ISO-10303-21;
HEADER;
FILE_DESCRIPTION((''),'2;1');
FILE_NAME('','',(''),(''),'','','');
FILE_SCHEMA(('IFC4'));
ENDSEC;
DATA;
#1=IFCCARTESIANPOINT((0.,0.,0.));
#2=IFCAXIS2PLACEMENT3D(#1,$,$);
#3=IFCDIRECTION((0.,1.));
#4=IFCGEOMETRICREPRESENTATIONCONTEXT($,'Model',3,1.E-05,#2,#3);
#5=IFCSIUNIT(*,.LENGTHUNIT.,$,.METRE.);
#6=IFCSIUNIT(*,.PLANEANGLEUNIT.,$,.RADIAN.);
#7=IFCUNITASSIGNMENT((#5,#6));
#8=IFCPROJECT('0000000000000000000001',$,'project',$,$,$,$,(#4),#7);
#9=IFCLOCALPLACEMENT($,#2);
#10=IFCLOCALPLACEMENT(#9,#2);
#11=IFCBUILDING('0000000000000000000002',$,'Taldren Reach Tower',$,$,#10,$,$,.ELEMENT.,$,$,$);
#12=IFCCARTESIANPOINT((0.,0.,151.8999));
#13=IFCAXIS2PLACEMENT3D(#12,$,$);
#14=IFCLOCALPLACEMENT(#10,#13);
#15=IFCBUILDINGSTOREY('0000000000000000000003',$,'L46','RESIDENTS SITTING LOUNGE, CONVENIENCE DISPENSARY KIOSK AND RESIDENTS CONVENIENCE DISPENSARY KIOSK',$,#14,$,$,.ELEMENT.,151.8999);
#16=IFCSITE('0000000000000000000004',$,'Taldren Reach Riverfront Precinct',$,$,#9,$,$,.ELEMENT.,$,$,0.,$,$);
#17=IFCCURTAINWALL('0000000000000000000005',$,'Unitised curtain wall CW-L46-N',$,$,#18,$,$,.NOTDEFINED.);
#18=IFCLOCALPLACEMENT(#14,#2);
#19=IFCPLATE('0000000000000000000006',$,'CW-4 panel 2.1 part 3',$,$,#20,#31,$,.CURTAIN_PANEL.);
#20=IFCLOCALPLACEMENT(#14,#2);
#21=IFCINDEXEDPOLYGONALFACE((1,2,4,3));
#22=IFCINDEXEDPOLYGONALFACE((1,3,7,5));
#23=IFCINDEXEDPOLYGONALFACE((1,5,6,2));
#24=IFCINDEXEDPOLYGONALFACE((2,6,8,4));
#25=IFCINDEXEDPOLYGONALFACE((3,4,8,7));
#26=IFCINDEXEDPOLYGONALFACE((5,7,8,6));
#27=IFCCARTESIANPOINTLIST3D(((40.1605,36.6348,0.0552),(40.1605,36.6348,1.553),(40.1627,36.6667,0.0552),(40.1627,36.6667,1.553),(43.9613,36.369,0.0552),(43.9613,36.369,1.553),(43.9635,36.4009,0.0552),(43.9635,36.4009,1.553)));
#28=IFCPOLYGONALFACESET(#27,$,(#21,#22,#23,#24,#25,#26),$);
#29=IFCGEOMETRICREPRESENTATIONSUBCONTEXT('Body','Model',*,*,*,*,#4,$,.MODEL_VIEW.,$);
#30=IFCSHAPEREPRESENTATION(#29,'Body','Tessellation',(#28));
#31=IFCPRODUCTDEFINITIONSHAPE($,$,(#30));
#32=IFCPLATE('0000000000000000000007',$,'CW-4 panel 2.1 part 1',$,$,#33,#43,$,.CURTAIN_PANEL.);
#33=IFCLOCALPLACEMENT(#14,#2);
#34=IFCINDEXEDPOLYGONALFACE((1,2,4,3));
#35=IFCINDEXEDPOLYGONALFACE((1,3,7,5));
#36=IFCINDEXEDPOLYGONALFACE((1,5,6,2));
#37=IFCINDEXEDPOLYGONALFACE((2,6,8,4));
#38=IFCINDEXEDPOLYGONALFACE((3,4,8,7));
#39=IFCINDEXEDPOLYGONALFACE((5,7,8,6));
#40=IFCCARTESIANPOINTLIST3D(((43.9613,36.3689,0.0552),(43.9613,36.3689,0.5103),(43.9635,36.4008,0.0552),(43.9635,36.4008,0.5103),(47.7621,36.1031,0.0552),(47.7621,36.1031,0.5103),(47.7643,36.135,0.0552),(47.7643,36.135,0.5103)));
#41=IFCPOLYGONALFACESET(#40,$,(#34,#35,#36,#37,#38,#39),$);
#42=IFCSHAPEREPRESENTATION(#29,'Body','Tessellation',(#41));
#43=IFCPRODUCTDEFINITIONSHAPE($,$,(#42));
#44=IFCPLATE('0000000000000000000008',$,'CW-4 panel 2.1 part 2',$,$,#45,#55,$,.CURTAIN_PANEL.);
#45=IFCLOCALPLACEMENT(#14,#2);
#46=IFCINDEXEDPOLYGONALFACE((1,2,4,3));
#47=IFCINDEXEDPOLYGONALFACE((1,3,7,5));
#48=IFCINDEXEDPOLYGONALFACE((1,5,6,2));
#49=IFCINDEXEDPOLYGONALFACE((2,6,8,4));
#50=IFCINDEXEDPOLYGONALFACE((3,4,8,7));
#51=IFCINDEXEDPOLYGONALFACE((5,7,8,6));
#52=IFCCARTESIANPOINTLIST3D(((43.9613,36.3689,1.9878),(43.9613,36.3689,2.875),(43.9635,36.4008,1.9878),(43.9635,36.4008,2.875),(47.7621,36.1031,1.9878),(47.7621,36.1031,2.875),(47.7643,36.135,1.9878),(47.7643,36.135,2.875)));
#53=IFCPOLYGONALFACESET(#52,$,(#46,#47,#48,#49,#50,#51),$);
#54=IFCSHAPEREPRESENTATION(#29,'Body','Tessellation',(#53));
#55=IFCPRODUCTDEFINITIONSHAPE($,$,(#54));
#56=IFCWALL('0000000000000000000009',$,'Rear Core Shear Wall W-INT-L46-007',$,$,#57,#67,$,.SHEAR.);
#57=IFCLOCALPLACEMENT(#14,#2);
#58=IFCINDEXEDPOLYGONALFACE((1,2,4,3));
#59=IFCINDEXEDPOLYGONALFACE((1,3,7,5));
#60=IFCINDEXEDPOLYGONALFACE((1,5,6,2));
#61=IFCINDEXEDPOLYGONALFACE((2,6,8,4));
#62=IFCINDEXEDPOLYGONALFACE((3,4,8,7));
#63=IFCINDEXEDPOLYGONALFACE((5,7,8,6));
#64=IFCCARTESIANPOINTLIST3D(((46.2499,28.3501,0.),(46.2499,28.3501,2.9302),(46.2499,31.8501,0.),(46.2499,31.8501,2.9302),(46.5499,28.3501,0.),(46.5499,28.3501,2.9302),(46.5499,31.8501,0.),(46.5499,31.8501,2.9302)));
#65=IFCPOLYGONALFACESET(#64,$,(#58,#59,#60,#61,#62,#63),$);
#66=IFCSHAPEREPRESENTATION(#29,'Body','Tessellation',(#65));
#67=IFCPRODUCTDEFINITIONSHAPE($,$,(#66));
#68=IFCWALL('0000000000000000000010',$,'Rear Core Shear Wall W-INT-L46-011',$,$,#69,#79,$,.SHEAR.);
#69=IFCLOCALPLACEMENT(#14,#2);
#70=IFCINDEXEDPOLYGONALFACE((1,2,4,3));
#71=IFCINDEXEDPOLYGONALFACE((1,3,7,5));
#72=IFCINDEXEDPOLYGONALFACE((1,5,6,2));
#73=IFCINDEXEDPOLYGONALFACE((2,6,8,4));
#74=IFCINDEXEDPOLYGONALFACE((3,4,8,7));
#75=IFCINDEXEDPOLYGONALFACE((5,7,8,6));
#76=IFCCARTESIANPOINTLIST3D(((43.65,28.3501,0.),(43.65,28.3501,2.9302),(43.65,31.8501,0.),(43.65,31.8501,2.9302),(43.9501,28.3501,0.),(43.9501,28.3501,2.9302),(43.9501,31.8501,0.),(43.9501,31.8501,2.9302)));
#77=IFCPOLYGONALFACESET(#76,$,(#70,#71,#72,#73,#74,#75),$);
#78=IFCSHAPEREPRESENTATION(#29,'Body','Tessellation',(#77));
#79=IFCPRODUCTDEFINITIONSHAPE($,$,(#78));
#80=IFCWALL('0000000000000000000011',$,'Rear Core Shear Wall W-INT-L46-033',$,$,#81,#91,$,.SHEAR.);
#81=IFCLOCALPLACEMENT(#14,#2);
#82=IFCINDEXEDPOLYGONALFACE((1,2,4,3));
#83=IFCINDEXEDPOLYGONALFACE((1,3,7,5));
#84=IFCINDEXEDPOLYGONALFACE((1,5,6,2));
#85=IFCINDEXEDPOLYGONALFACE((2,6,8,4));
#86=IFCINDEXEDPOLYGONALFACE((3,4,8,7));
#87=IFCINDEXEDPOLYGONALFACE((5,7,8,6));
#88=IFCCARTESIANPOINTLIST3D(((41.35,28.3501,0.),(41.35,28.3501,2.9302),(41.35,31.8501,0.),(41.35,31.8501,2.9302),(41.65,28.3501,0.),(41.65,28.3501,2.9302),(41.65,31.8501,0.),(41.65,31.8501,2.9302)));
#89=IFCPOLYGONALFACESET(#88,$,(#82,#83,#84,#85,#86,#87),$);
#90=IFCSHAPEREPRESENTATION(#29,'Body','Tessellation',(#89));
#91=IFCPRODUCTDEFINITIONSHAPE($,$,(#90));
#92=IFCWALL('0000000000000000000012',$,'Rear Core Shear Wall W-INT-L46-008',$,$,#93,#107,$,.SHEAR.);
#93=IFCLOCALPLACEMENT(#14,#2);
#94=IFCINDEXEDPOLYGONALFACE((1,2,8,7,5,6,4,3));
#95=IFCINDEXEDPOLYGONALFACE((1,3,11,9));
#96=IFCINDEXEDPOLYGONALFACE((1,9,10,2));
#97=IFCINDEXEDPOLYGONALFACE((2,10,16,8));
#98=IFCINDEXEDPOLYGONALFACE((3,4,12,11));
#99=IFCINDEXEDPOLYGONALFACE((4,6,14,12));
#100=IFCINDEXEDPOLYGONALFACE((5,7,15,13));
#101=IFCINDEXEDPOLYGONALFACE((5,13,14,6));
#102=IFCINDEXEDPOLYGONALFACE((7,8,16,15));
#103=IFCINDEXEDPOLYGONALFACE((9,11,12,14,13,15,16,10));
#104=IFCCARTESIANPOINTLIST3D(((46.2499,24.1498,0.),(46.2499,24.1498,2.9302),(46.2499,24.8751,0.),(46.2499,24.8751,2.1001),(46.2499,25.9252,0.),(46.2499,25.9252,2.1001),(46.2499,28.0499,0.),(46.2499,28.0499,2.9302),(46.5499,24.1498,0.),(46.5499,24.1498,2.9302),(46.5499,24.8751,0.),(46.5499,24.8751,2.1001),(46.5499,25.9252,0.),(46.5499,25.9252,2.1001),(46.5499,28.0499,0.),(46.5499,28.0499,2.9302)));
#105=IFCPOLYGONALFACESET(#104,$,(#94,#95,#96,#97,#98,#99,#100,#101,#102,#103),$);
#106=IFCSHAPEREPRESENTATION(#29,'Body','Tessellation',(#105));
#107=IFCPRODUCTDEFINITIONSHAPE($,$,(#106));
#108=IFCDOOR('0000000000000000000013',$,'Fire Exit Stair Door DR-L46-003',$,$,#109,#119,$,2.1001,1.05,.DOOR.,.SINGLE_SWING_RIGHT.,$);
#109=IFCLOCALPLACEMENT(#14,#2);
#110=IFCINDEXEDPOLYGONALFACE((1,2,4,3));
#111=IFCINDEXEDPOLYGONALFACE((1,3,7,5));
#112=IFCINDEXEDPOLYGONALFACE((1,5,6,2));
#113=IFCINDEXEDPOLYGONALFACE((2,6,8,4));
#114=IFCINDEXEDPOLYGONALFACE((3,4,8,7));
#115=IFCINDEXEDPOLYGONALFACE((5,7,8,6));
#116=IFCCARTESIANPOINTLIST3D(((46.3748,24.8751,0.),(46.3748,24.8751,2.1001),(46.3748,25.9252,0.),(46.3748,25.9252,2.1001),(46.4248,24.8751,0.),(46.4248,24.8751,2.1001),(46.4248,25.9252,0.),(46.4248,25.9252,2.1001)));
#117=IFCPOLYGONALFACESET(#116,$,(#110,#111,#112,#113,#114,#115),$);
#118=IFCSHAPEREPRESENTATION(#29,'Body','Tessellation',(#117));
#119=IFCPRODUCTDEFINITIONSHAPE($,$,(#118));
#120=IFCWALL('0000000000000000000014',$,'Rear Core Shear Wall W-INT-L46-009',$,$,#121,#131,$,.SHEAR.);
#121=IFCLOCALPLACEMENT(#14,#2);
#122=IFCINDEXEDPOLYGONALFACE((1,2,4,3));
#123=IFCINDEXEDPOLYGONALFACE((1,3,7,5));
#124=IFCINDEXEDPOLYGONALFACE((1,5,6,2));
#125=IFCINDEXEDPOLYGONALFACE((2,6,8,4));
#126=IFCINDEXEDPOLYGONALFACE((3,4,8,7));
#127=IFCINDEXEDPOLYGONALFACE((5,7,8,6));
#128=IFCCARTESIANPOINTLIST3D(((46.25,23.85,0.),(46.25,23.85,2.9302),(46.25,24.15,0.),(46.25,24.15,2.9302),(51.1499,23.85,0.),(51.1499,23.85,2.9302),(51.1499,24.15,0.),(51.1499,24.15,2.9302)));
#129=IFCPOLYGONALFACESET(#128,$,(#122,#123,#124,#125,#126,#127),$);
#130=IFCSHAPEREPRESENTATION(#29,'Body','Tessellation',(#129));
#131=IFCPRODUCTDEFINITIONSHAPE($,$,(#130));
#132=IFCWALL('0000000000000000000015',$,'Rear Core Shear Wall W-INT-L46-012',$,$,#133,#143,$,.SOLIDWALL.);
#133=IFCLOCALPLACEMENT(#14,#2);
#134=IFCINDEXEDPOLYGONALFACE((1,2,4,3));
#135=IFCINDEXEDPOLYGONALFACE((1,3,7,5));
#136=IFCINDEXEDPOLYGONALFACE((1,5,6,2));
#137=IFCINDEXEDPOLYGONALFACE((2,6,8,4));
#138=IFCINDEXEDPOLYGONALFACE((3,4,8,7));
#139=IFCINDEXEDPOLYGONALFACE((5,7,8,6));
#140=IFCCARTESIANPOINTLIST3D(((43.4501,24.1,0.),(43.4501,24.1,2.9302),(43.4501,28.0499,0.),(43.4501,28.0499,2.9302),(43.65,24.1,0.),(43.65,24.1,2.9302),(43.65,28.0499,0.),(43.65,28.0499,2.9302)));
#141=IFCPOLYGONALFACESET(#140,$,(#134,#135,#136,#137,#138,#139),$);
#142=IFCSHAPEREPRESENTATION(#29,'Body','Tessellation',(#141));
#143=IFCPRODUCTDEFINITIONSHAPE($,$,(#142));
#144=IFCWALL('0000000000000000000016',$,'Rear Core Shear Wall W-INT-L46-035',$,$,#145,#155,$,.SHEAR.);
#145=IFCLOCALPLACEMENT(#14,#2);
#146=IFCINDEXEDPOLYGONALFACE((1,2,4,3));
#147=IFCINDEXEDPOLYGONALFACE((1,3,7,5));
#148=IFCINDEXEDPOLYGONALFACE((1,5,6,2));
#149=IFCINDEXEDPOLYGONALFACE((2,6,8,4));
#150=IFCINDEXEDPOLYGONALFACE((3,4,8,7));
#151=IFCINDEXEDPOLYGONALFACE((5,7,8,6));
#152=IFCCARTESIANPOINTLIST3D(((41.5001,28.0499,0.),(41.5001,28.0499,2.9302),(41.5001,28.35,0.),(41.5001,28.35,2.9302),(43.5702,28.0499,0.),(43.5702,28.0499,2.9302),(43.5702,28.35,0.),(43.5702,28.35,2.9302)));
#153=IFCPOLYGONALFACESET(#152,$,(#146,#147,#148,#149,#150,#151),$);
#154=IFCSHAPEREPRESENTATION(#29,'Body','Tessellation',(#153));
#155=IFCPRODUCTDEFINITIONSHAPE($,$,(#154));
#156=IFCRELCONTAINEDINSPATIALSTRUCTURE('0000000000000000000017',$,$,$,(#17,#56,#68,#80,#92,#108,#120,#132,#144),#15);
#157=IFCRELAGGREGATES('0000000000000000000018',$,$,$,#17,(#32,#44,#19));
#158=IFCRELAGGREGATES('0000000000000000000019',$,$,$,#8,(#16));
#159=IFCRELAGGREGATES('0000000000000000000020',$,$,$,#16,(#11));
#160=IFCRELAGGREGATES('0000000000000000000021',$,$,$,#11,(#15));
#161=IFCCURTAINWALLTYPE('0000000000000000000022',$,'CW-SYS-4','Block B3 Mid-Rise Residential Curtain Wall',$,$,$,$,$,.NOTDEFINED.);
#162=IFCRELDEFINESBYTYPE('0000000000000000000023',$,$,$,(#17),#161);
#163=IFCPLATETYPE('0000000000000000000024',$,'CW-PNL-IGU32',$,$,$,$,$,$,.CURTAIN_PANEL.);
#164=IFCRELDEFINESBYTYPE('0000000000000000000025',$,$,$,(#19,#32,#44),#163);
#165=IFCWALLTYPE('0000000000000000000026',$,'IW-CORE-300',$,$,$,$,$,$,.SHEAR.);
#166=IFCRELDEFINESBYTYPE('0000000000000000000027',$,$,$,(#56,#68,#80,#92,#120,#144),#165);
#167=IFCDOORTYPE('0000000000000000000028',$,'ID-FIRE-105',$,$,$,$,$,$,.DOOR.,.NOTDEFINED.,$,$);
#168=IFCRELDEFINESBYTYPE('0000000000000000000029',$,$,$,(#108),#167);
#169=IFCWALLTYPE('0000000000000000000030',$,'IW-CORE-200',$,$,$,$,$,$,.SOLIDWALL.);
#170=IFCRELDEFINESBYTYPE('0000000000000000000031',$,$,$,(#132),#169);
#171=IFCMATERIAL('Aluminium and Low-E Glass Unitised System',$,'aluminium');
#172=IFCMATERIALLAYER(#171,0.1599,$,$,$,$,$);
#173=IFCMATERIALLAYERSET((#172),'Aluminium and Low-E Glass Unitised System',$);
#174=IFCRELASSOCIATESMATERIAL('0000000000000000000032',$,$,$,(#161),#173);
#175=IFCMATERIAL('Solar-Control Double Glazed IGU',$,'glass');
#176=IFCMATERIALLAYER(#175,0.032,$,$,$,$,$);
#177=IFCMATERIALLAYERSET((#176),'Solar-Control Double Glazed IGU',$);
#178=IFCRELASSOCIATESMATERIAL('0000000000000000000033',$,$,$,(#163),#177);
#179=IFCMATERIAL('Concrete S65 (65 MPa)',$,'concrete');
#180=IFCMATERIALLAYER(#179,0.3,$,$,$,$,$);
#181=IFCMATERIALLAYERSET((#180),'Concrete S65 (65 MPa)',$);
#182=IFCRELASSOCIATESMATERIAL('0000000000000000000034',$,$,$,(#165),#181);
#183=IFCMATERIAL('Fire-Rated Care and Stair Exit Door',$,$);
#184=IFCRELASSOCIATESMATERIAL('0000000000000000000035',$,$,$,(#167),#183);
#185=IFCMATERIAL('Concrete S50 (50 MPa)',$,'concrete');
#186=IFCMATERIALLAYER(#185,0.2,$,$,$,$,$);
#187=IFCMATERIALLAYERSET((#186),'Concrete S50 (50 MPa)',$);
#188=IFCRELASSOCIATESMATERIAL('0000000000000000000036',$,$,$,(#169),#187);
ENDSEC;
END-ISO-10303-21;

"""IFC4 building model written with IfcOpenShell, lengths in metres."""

from ifc_helpers import new_model, si_unit, direction, frame, frame_2d, origin, origin_2d, place, context, subcontext, project, spatial, rectangle, extrude, source, transform, mapped, material, layer, layer_set, type_object, element, fill, aggregate, save


model = new_model("IFC4")

# Units and contexts
model_context = context("Model", 3, precision=1e-05, world=origin(), true_north=direction((0.0, 1.0)))
body_context = subcontext(model_context, "Body", "Model", "MODEL_VIEW")
ifc_project = project(units=[si_unit("LENGTHUNIT", "METRE"), si_unit("PLANEANGLEUNIT", "RADIAN")], contexts=[model_context])

# Site, building, storey
site_placement = place(None, origin())
site = spatial("IfcSite", under=ifc_project, at=site_placement, Name="Taldren Reach Riverfront Precinct", CompositionType="ELEMENT", RefElevation=0.0)
building_placement = place(site_placement, origin())
building = spatial("IfcBuilding", under=site, at=building_placement, Name="Taldren Reach Tower", CompositionType="ELEMENT")
storey_placement = place(building_placement, frame((0.0, 0.0, 151.8999)))
storey = spatial("IfcBuildingStorey", under=building, at=storey_placement, Name="L46", Description="RESIDENTS SITTING LOUNGE, CONVENIENCE DISPENSARY KIOSK AND RESIDENTS CONVENIENCE DISPENSARY KIOSK", CompositionType="ELEMENT", Elevation=151.8999)

# Curtain wall
ifc_material_1 = material(Name="Aluminium and Low-E Glass Unitised System", Category="aluminium")
ifc_layer_1 = layer(ifc_material_1, 0.1599)
ifc_layer_set_1 = layer_set([ifc_layer_1], Name="Aluminium and Low-E Glass Unitised System")
curtain_wall_type = type_object("IfcCurtainWallType", Name="CW-SYS-4", Description="Block B3 Mid-Rise Residential Curtain Wall", PredefinedType="NOTDEFINED", material=ifc_layer_set_1)
curtain_wall_placement = place(storey_placement, origin())
curtain_wall = element("IfcCurtainWall", 1, at=curtain_wall_placement, inside=storey, type_object=curtain_wall_type, Name="Unitised curtain wall CW-L46-N", PredefinedType="NOTDEFINED")

# Plates
ifc_material_2 = material(Name="Solar-Control Double Glazed IGU", Category="glass")
ifc_layer_2 = layer(ifc_material_2, 0.032)
ifc_layer_set_2 = layer_set([ifc_layer_2], Name="Solar-Control Double Glazed IGU")
plate_type_1 = type_object("IfcPlateType", Name="CW-PNL-IGU32", PredefinedType="CURTAIN_PANEL", material=ifc_layer_set_2)
shared_shape_1 = source(origin(), body_context, "Body", "SweptSolid", [
    extrude(rectangle(XDim=3.8101, YDim=0.032, at=origin_2d()), origin(), (0.0, 0.0, 1.0), 1.4978),
])
plate_1_placement = place(storey_placement, frame((42.062, 36.5178, 0.0552), z_axis=(0.0, 0.0, 1.0), x_axis=(-0.997564, 0.069757, 0.0)))
plate_1 = element("IfcPlate", 2, at=plate_1_placement, type_object=plate_type_1, Name="CW-4 panel 2.1 part 3", PredefinedType="CURTAIN_PANEL", context=body_context, shape_type="MappedRepresentation", body=[
    mapped(shared_shape_1, transform((0.0, 0.0, 0.0), scale=1.0)),
])
shared_shape_2 = source(origin(), body_context, "Body", "SweptSolid", [
    extrude(rectangle(XDim=3.8101, YDim=0.032, at=origin_2d()), origin(), (0.0, 0.0, 1.0), 0.4551),
])
plate_2_placement = place(storey_placement, frame((45.8628, 36.252, 0.0552), z_axis=(0.0, 0.0, 1.0), x_axis=(-0.997564, 0.069757, 0.0)))
plate_2 = element("IfcPlate", 3, at=plate_2_placement, type_object=plate_type_1, Name="CW-4 panel 2.1 part 1", PredefinedType="CURTAIN_PANEL", context=body_context, shape_type="MappedRepresentation", body=[
    mapped(shared_shape_2, transform((0.0, 0.0, 0.0), scale=1.0)),
])
shared_shape_3 = source(origin(), body_context, "Body", "SweptSolid", [
    extrude(rectangle(XDim=3.8101, YDim=0.032, at=origin_2d()), origin(), (0.0, 0.0, 1.0), 0.8872),
])
plate_3_placement = place(storey_placement, frame((45.8628, 36.252, 1.9878), z_axis=(0.0, 0.0, 1.0), x_axis=(-0.997564, 0.069757, 0.0)))
plate_3 = element("IfcPlate", 4, at=plate_3_placement, type_object=plate_type_1, Name="CW-4 panel 2.1 part 2", PredefinedType="CURTAIN_PANEL", context=body_context, shape_type="MappedRepresentation", body=[
    mapped(shared_shape_3, transform((0.0, 0.0, 0.0), scale=1.0)),
])
aggregate(curtain_wall, [plate_2, plate_3, plate_1])

# Walls
ifc_material_3 = material(Name="Concrete S65 (65 MPa)", Category="concrete")
ifc_layer_3 = layer(ifc_material_3, 0.3)
ifc_layer_set_3 = layer_set([ifc_layer_3], Name="Concrete S65 (65 MPa)")
wall_type_1 = type_object("IfcWallType", Name="IW-CORE-300", PredefinedType="SHEAR", material=ifc_layer_set_3)
shared_shape_4 = source(origin(), body_context, "Body", "SweptSolid", [
    extrude(rectangle(XDim=3.5, YDim=0.3, at=frame_2d((1.75, 0.0))), origin(), (0.0, 0.0, 1.0), 2.9302),
])
for number, where, z_axis, x_axis, name in (
    (5, (46.3999, 31.8501, 0.0), (0.0, 0.0, 1.0), (0.0, -1.0, 0.0), "Rear Core Shear Wall W-INT-L46-007"),
    (6, (43.8, 31.8501, 0.0), (0.0, 0.0, 1.0), (0.0, -1.0, 0.0), "Rear Core Shear Wall W-INT-L46-011"),
    (7, (41.5, 28.3501, 0.0), (0.0, 0.0, 1.0), (0.0, 1.0, 0.0), "Rear Core Shear Wall W-INT-L46-033"),
):
    element("IfcWall", number, at=place(storey_placement, frame(where, z_axis=z_axis, x_axis=x_axis)), inside=storey, type_object=wall_type_1, Name=name, PredefinedType="SHEAR", context=body_context, shape_type="MappedRepresentation", body=[
        mapped(shared_shape_4, transform((0.0, 0.0, 0.0), scale=1.0)),
    ])

# Wall, opening, door
shared_shape_5 = source(origin(), body_context, "Body", "SweptSolid", [
    extrude(rectangle(XDim=3.9001, YDim=0.3, at=frame_2d((1.9502, 0.0))), origin(), (0.0, 0.0, 1.0), 2.9302),
])
wall_1_placement = place(storey_placement, frame((46.3999, 28.05, 0.0), z_axis=(0.0, 0.0, 1.0), x_axis=(0.0, -1.0, 0.0)))
wall_1 = element("IfcWall", 8, at=wall_1_placement, inside=storey, type_object=wall_type_1, Name="Rear Core Shear Wall W-INT-L46-008", PredefinedType="SHEAR", context=body_context, shape_type="MappedRepresentation", body=[
    mapped(shared_shape_5, transform((0.0, 0.0, 0.0), scale=1.0)),
])
shared_shape_6 = source(origin(), body_context, "Body", "SweptSolid", [
    extrude(rectangle(XDim=1.05, YDim=2.1001, at=frame_2d((0.5249, 1.05))), frame((0.0, 0.1602, 0.0), z_axis=(0.0, -1.0, 0.0), x_axis=(1.0, 0.0, 0.0)), (0.0, 0.0, 1.0), 0.3201),
])
opening_1_placement = place(wall_1_placement, frame((2.125, 0.0, 0.0)))
opening_1 = element("IfcOpeningElement", 9, at=opening_1_placement, cuts=wall_1, PredefinedType="OPENING", context=body_context, shape_type="MappedRepresentation", body=[
    mapped(shared_shape_6, transform((0.0, 0.0, 0.0), scale=1.0)),
])
ifc_material_4 = material(Name="Fire-Rated Care and Stair Exit Door")
door_type_1 = type_object("IfcDoorType", Name="ID-FIRE-105", OperationType="NOTDEFINED", PredefinedType="DOOR", material=ifc_material_4)
shared_shape_7 = source(origin(), body_context, "Body", "SweptSolid", [
    extrude(rectangle(XDim=1.05, YDim=2.1001, at=frame_2d((0.5249, 1.05))), frame((0.0, 0.0249, 0.0), z_axis=(0.0, -1.0, 0.0), x_axis=(1.0, 0.0, 0.0)), (0.0, 0.0, 1.0), 0.05),
])
door_1_placement = place(opening_1_placement, origin())
door_1 = element("IfcDoor", 10, at=door_1_placement, inside=storey, type_object=door_type_1, Name="Fire Exit Stair Door DR-L46-003", OperationType="SINGLE_SWING_RIGHT", OverallHeight=2.1001, OverallWidth=1.05, PredefinedType="DOOR", context=body_context, shape_type="MappedRepresentation", body=[
    mapped(shared_shape_7, transform((0.0, 0.0, 0.0), scale=1.0)),
])
fill(opening_1, door_1)

# Wall
shared_shape_8 = source(origin(), body_context, "Body", "SweptSolid", [
    extrude(rectangle(XDim=4.8999, YDim=0.3, at=frame_2d((2.45, 0.0))), origin(), (0.0, 0.0, 1.0), 2.9302),
])
wall_2_placement = place(storey_placement, frame((46.25, 24.0, 0.0), z_axis=(0.0, 0.0, 1.0), x_axis=(1.0, 0.0, 0.0)))
element("IfcWall", 11, at=wall_2_placement, inside=storey, type_object=wall_type_1, Name="Rear Core Shear Wall W-INT-L46-009", PredefinedType="SHEAR", context=body_context, shape_type="MappedRepresentation", body=[
    mapped(shared_shape_8, transform((0.0, 0.0, 0.0), scale=1.0)),
])

# Walls
ifc_material_5 = material(Name="Concrete S50 (50 MPa)", Category="concrete")
ifc_layer_4 = layer(ifc_material_5, 0.2)
ifc_layer_set_4 = layer_set([ifc_layer_4], Name="Concrete S50 (50 MPa)")
wall_type_2 = type_object("IfcWallType", Name="IW-CORE-200", PredefinedType="SOLIDWALL", material=ifc_layer_set_4)
shared_shape_9 = source(origin(), body_context, "Body", "SweptSolid", [
    extrude(rectangle(XDim=3.95, YDim=0.2, at=frame_2d((1.9751, 0.0))), origin(), (0.0, 0.0, 1.0), 2.9302),
])
wall_3_placement = place(storey_placement, frame((43.55, 28.05, 0.0), z_axis=(0.0, 0.0, 1.0), x_axis=(0.0, -1.0, 0.0)))
element("IfcWall", 12, at=wall_3_placement, inside=storey, type_object=wall_type_2, Name="Rear Core Shear Wall W-INT-L46-012", PredefinedType="SOLIDWALL", context=body_context, shape_type="MappedRepresentation", body=[
    mapped(shared_shape_9, transform((0.0, 0.0, 0.0), scale=1.0)),
])
shared_shape_10 = source(origin(), body_context, "Body", "SweptSolid", [
    extrude(rectangle(XDim=2.0701, YDim=0.3, at=frame_2d((1.0352, 0.0))), origin(), (0.0, 0.0, 1.0), 2.9302),
])
wall_4_placement = place(storey_placement, frame((41.5, 28.2, 0.0), z_axis=(0.0, 0.0, 1.0), x_axis=(1.0, 0.0, 0.0)))
element("IfcWall", 13, at=wall_4_placement, inside=storey, type_object=wall_type_1, Name="Rear Core Shear Wall W-INT-L46-035", PredefinedType="SHEAR", context=body_context, shape_type="MappedRepresentation", body=[
    mapped(shared_shape_10, transform((0.0, 0.0, 0.0), scale=1.0)),
])

save(model, "model.ifc")
